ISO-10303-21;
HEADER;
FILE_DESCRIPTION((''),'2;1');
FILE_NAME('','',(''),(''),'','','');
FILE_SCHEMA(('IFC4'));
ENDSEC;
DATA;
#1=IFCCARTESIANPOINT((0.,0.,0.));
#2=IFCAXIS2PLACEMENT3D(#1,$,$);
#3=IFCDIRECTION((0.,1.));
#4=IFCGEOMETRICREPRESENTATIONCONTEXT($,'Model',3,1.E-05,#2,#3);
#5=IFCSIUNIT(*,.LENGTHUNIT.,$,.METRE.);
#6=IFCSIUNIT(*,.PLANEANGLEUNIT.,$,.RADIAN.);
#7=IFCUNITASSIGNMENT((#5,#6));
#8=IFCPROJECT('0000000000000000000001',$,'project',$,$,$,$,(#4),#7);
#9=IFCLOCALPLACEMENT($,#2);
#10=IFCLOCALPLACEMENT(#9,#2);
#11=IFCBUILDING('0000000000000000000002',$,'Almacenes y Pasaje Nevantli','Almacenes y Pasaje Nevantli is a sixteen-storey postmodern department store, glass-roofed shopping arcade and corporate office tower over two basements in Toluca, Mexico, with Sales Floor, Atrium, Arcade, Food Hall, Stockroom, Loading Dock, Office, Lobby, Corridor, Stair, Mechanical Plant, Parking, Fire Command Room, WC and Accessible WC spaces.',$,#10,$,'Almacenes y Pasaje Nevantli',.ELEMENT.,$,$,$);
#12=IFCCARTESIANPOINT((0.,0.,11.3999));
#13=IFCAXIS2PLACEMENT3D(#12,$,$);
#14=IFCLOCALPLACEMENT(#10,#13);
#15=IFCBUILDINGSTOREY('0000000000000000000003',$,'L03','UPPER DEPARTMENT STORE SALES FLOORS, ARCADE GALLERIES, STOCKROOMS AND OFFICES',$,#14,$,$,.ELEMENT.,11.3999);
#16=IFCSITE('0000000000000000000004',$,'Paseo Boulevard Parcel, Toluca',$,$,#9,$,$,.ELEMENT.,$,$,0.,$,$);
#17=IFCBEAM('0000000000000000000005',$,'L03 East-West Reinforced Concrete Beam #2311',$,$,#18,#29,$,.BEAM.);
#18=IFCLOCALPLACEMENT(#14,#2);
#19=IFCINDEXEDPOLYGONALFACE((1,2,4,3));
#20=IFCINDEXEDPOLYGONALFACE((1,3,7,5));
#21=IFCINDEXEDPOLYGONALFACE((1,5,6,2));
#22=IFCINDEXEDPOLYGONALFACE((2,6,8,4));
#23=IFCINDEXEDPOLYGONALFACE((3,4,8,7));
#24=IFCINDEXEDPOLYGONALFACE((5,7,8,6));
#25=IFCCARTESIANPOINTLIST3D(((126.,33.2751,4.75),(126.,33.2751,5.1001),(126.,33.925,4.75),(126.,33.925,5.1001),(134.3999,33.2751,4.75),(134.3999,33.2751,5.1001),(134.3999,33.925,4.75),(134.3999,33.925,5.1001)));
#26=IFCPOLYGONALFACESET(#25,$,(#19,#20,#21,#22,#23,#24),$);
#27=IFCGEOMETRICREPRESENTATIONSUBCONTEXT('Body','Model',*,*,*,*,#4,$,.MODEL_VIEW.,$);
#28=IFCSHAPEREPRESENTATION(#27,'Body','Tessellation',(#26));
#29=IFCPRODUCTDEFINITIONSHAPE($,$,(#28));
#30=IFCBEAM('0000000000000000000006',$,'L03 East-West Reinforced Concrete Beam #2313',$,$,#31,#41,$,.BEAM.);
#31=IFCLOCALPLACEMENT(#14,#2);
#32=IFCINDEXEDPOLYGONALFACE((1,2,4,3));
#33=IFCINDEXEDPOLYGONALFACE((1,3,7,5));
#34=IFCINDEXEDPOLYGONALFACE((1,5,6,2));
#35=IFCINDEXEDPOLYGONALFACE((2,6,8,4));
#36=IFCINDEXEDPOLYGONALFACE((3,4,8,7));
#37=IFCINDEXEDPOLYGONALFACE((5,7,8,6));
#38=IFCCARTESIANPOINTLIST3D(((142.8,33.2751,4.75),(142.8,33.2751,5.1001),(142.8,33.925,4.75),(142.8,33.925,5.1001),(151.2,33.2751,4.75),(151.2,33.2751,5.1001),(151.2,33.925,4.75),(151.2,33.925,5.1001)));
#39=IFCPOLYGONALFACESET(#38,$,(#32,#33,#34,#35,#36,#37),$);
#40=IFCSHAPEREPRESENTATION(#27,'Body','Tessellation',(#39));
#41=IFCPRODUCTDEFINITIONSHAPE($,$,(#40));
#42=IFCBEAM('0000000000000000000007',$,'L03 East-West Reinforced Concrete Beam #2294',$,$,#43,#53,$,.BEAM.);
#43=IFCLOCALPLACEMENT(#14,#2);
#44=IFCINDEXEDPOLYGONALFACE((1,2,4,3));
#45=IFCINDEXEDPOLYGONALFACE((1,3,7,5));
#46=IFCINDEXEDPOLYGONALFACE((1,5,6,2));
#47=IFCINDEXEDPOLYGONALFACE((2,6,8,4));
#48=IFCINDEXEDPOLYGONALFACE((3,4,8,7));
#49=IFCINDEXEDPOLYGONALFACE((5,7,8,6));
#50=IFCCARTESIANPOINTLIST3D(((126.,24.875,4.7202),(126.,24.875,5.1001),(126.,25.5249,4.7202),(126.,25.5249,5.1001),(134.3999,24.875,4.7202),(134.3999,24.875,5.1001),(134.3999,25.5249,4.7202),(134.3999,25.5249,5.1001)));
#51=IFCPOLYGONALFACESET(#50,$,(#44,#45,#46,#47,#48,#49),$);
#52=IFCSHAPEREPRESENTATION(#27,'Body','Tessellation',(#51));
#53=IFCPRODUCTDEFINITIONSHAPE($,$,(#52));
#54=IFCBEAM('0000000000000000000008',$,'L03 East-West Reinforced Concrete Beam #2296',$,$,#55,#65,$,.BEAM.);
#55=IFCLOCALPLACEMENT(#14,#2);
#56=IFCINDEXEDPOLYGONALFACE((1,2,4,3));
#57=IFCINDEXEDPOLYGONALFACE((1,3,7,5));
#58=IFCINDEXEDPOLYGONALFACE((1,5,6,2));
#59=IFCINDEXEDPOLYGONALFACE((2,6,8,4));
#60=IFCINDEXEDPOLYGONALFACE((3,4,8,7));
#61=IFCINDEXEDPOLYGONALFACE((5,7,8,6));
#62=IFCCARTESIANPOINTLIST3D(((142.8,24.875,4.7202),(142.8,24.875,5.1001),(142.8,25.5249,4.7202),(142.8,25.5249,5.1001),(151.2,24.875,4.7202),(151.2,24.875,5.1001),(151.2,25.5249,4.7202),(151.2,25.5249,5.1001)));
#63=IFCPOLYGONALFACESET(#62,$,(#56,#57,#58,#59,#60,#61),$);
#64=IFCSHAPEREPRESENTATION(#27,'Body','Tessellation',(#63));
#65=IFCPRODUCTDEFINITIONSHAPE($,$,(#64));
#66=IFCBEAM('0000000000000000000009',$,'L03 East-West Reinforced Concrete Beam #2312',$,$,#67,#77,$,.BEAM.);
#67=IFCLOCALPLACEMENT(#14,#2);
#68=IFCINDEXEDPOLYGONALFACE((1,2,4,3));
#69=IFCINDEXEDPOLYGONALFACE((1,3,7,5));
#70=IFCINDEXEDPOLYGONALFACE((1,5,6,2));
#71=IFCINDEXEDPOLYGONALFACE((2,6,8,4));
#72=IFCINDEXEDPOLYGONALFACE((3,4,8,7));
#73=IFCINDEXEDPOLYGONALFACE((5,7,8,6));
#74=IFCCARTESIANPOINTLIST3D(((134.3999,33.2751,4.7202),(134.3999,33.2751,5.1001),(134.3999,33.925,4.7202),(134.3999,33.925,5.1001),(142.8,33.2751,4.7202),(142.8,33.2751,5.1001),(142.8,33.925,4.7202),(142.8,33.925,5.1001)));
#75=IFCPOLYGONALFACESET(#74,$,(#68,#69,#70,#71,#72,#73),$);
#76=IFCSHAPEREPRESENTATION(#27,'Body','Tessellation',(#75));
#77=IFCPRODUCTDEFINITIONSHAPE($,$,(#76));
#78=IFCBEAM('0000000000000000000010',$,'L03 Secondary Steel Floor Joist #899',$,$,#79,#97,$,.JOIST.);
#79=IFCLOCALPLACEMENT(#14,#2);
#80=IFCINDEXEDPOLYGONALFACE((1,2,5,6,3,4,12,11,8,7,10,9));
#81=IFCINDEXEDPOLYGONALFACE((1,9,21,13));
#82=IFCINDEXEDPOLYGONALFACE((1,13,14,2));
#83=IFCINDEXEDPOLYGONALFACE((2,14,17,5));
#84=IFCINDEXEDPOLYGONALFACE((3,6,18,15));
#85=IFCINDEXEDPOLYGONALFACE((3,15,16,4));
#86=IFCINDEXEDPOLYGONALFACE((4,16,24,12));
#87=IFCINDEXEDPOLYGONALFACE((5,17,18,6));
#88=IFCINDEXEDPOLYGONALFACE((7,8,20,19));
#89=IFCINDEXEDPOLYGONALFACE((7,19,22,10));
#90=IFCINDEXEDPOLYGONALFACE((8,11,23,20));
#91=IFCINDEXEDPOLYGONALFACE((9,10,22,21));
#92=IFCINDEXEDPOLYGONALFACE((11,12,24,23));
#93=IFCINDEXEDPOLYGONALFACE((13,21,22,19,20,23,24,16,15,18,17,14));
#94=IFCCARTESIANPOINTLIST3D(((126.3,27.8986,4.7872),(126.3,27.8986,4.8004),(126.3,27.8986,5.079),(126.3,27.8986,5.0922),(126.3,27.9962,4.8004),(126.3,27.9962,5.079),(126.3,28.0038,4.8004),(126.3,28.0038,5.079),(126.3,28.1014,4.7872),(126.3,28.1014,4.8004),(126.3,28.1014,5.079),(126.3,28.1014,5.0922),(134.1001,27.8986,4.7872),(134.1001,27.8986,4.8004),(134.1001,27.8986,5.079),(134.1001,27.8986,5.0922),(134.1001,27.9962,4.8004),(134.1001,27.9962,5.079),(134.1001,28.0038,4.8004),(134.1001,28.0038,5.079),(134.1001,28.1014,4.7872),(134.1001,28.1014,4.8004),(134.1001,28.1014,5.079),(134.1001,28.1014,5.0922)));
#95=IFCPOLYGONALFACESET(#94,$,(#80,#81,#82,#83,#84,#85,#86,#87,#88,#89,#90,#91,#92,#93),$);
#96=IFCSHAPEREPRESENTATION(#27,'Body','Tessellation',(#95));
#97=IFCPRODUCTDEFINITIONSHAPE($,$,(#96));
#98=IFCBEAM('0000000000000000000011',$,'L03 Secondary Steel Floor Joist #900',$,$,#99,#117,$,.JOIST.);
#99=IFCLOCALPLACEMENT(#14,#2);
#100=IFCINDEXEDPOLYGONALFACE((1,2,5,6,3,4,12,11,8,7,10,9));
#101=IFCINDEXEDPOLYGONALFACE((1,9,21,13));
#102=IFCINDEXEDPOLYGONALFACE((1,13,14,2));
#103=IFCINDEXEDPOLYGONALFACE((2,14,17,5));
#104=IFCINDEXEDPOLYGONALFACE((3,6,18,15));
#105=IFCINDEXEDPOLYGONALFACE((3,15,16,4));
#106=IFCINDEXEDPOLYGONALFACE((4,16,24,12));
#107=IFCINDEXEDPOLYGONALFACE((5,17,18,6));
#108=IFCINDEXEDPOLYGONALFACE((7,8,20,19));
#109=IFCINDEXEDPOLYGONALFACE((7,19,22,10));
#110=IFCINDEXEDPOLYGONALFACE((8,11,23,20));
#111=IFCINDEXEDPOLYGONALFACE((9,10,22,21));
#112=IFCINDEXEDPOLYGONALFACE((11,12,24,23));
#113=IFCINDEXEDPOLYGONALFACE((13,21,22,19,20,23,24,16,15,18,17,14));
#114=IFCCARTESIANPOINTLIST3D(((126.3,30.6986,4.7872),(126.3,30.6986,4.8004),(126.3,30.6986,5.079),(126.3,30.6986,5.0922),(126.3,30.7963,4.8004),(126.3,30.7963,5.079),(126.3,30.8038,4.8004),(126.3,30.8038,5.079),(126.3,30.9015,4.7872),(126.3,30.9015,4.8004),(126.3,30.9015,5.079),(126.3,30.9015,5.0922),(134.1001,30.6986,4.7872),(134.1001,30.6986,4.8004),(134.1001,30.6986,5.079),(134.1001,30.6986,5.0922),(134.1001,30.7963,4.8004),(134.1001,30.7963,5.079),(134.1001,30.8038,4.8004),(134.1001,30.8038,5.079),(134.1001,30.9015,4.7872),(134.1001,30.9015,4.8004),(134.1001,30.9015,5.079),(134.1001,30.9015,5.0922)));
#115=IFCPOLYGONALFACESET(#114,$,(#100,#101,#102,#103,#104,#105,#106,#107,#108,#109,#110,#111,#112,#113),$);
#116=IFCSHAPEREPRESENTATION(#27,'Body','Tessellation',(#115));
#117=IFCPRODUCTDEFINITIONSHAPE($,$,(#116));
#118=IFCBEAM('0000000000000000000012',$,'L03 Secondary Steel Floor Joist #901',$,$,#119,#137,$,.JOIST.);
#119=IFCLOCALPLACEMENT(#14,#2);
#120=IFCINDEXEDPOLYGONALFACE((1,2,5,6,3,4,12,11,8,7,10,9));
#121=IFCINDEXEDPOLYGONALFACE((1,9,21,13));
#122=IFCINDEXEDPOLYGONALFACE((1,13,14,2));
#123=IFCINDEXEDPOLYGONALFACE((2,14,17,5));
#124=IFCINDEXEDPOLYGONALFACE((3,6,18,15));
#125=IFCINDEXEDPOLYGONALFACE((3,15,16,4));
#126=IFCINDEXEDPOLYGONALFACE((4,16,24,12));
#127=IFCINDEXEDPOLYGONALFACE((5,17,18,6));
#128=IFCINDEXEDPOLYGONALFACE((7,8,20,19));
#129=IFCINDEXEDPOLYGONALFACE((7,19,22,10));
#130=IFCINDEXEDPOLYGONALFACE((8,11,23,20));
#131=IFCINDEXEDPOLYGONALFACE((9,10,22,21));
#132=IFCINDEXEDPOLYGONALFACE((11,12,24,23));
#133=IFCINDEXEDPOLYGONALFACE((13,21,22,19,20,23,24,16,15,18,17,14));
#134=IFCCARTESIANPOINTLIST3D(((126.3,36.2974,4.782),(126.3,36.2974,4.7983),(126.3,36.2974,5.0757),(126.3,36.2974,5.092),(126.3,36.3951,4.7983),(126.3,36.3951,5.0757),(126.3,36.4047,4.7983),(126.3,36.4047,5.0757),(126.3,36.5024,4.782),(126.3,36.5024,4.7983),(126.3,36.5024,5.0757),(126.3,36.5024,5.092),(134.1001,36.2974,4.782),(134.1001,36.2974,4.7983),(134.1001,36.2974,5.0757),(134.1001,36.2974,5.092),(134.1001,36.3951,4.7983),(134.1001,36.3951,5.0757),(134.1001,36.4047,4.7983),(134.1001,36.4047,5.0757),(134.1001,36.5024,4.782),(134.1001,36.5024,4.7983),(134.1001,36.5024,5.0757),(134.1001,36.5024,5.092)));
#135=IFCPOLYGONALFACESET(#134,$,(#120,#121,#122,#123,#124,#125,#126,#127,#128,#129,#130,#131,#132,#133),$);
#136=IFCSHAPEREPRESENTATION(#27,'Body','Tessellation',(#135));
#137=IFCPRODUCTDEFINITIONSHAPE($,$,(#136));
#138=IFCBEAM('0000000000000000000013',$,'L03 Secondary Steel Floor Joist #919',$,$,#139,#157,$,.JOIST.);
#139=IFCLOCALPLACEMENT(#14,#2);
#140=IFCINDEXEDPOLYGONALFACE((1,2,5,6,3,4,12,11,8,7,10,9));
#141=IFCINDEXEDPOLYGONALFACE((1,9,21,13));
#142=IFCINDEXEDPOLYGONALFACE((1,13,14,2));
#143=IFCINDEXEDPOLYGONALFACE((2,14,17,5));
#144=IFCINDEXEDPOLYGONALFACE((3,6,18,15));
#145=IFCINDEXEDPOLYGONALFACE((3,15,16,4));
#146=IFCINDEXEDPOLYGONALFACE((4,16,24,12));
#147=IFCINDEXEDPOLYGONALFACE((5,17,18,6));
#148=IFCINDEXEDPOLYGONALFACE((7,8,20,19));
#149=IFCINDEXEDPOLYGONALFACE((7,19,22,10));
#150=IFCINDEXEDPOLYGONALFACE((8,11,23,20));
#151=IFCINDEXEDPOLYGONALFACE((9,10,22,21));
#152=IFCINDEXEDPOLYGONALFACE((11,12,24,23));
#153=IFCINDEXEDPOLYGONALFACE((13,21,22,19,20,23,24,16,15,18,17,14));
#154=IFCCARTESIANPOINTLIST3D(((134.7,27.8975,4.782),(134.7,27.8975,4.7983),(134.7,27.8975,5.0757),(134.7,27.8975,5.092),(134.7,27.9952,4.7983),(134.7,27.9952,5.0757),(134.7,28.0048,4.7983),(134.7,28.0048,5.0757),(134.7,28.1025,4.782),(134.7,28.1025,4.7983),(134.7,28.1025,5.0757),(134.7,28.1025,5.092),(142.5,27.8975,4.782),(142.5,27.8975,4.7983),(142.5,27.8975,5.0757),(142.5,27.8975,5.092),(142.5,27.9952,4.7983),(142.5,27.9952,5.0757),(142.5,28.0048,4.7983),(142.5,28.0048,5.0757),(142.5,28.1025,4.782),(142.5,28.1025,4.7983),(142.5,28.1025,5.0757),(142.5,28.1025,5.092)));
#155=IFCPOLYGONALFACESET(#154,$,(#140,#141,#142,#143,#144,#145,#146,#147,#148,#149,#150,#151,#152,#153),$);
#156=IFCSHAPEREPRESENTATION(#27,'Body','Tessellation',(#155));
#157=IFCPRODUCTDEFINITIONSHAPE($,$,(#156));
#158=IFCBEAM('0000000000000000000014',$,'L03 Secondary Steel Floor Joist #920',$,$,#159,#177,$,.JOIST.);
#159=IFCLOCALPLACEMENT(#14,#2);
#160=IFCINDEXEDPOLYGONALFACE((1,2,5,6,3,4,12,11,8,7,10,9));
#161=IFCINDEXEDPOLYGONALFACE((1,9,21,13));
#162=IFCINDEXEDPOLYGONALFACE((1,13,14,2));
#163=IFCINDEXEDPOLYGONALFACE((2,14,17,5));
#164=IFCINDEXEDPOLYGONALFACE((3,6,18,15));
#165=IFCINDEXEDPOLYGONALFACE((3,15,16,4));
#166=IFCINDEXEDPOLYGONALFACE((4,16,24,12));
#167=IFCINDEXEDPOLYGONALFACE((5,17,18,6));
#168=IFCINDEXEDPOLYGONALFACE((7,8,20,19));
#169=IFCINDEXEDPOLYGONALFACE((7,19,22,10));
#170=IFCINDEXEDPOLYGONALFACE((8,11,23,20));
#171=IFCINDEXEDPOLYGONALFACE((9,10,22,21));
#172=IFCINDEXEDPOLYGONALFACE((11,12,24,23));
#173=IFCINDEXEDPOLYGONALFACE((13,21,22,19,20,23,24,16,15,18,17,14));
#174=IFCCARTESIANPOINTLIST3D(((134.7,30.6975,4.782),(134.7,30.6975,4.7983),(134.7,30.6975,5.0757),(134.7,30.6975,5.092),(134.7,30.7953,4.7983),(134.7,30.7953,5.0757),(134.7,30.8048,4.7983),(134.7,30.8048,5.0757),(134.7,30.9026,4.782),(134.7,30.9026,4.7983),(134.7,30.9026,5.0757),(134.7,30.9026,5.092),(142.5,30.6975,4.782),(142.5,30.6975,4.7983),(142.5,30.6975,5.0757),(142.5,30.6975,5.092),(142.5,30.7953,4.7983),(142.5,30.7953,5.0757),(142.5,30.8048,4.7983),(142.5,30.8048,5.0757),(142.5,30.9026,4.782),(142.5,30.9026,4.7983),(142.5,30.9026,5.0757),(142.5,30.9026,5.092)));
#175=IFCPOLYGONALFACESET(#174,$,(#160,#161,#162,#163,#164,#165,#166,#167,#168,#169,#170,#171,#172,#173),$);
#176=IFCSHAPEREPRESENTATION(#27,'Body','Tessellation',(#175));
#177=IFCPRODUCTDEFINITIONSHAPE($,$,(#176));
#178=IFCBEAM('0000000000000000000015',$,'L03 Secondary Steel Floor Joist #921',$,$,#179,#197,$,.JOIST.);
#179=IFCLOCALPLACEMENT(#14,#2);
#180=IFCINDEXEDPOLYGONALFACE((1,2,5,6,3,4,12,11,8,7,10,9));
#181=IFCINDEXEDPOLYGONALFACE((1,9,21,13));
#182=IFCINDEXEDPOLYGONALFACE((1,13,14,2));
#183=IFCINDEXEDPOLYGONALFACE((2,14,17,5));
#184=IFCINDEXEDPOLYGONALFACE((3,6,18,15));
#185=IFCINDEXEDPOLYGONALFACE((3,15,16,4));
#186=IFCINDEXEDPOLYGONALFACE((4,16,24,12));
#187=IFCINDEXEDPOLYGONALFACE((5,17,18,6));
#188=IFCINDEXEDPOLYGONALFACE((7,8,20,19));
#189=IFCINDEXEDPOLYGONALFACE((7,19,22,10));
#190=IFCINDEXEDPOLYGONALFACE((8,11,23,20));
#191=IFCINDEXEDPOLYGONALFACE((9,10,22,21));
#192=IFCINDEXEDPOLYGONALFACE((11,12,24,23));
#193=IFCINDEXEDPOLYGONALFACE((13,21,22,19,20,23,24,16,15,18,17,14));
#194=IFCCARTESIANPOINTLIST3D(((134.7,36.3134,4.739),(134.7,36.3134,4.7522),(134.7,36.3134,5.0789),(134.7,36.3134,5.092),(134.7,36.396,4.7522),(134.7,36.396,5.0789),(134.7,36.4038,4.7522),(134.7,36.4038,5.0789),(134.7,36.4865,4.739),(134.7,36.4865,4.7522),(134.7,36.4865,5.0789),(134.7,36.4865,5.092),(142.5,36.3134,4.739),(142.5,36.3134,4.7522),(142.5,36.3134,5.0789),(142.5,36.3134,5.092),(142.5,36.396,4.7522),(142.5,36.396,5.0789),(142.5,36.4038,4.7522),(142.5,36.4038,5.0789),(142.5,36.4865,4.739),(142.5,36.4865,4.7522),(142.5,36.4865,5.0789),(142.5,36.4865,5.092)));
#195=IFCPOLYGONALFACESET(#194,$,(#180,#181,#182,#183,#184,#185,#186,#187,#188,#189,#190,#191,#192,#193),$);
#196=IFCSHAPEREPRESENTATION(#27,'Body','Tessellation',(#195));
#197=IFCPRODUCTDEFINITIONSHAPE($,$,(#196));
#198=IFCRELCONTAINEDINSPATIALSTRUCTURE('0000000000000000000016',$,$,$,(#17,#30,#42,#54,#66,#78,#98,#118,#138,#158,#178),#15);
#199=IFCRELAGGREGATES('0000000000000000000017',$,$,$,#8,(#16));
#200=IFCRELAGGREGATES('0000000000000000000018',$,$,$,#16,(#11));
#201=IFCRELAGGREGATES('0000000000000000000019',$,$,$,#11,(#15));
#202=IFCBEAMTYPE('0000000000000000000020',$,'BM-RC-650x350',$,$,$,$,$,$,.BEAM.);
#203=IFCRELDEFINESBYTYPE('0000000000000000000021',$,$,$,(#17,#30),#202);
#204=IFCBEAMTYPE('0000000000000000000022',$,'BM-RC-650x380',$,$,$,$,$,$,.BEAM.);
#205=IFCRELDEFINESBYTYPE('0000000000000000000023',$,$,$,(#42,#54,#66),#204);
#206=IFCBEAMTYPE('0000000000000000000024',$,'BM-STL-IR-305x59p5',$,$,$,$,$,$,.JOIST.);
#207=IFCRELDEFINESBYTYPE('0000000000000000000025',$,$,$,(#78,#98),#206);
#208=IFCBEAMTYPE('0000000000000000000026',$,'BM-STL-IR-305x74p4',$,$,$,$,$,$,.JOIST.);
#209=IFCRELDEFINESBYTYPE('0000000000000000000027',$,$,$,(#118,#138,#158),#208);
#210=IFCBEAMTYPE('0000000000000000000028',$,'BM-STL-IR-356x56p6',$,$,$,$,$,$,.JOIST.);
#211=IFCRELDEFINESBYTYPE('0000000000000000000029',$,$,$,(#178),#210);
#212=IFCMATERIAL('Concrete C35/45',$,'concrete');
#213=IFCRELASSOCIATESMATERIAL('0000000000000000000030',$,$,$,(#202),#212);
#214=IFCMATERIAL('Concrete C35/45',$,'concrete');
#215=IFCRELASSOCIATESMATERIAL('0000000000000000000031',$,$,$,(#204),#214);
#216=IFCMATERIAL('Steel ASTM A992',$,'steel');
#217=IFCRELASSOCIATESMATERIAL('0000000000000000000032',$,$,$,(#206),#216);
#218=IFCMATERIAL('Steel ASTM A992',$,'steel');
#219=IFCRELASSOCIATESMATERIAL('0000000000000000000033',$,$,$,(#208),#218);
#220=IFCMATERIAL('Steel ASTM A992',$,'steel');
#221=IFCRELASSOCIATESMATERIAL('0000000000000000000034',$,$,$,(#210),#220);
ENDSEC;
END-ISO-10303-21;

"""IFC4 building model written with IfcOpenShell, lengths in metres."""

from ifc_helpers import new_model, si_unit, direction, frame, origin, origin_2d, place, context, subcontext, project, spatial, rectangle, i_section, extrude, material, material_profile, profile_set, type_object, element, save


model = new_model("IFC4")

# Units and contexts
model_context = context("Model", 3, precision=1e-05, world=origin(), true_north=direction((0.0, 1.0)))
body_context = subcontext(model_context, "Body", "Model", "MODEL_VIEW")
ifc_project = project(units=[si_unit("LENGTHUNIT", "METRE"), si_unit("PLANEANGLEUNIT", "RADIAN")], contexts=[model_context])

# Site, building, storey
site_placement = place(None, origin())
site = spatial("IfcSite", under=ifc_project, at=site_placement, Name="Paseo Boulevard Parcel, Toluca", CompositionType="ELEMENT", RefElevation=0.0)
building_placement = place(site_placement, origin())
building = spatial("IfcBuilding", under=site, at=building_placement, Name="Almacenes y Pasaje Nevantli", Description="Almacenes y Pasaje Nevantli is a sixteen-storey postmodern department store, glass-roofed shopping arcade and corporate office tower over two basements in Toluca, Mexico, with Sales Floor, Atrium, Arcade, Food Hall, Stockroom, Loading Dock, Office, Lobby, Corridor, Stair, Mechanical Plant, Parking, Fire Command Room, WC and Accessible WC spaces.", LongName="Almacenes y Pasaje Nevantli", CompositionType="ELEMENT")
storey_placement = place(building_placement, frame((0.0, 0.0, 11.3999)))
storey = spatial("IfcBuildingStorey", under=building, at=storey_placement, Name="L03", Description="UPPER DEPARTMENT STORE SALES FLOORS, ARCADE GALLERIES, STOCKROOMS AND OFFICES", CompositionType="ELEMENT", Elevation=11.3999)

# Beams
ifc_material_1 = material(Name="Concrete C35/45", Category="concrete")
ifc_material_profile_1 = material_profile(ifc_material_1, rectangle(XDim=0.6499, YDim=0.3501, at=origin_2d()), Name="RC-BM-650x350")
ifc_profile_set_1 = profile_set([ifc_material_profile_1], Name="Concrete C35/45")
beam_type_1 = type_object("IfcBeamType", Name="BM-RC-650x350", PredefinedType="BEAM", material=ifc_profile_set_1)
for number, where, z_axis, x_axis, name in (
    (1, (126.0, 33.6001, 4.925), (1.0, 0.0, 0.0), (0.0, 1.0, 0.0), "L03 East-West Reinforced Concrete Beam #2311"),
    (2, (142.8, 33.6001, 4.925), (1.0, 0.0, 0.0), (0.0, 1.0, 0.0), "L03 East-West Reinforced Concrete Beam #2313"),
):
    element("IfcBeam", number, at=place(storey_placement, frame(where, z_axis=z_axis, x_axis=x_axis)), inside=storey, type_object=beam_type_1, Name=name, PredefinedType="BEAM", context=body_context, shape_type="SweptSolid", body=[
        extrude(rectangle(XDim=0.6499, YDim=0.3501, at=origin_2d()), origin(), (0.0, 0.0, 1.0), 8.3999),
    ])
ifc_material_2 = material(Name="Concrete C35/45", Category="concrete")
ifc_material_profile_2 = material_profile(ifc_material_2, rectangle(XDim=0.6499, YDim=0.3799, at=origin_2d()), Name="RC-BM-650x380")
ifc_profile_set_2 = profile_set([ifc_material_profile_2], Name="Concrete C35/45")
beam_type_2 = type_object("IfcBeamType", Name="BM-RC-650x380", PredefinedType="BEAM", material=ifc_profile_set_2)
for number, where, z_axis, x_axis, name in (
    (3, (126.0, 25.2, 4.9102), (1.0, 0.0, 0.0), (0.0, 1.0, 0.0), "L03 East-West Reinforced Concrete Beam #2294"),
    (4, (142.8, 25.2, 4.9102), (1.0, 0.0, 0.0), (0.0, 1.0, 0.0), "L03 East-West Reinforced Concrete Beam #2296"),
):
    element("IfcBeam", number, at=place(storey_placement, frame(where, z_axis=z_axis, x_axis=x_axis)), inside=storey, type_object=beam_type_2, Name=name, PredefinedType="BEAM", context=body_context, shape_type="SweptSolid", body=[
        extrude(rectangle(XDim=0.6499, YDim=0.3799, at=origin_2d()), origin(), (0.0, 0.0, 1.0), 8.3999),
    ])
beam_1_placement = place(storey_placement, frame((134.3999, 33.6001, 4.9102), z_axis=(1.0, 0.0, 0.0), x_axis=(0.0, 1.0, 0.0)))
element("IfcBeam", 5, at=beam_1_placement, inside=storey, type_object=beam_type_2, Name="L03 East-West Reinforced Concrete Beam #2312", PredefinedType="BEAM", context=body_context, shape_type="SweptSolid", body=[
    extrude(rectangle(XDim=0.6499, YDim=0.3799, at=origin_2d()), origin(), (0.0, 0.0, 1.0), 8.4001),
])
ifc_material_3 = material(Name="Steel ASTM A992", Category="steel")
ifc_material_profile_3 = material_profile(ifc_material_3, i_section(OverallWidth=0.2029, OverallDepth=0.3049, WebThickness=0.0076, FlangeThickness=0.0132, at=origin_2d()), Name="IR 305x59.5")
ifc_profile_set_3 = profile_set([ifc_material_profile_3], Name="Steel ASTM A992")
beam_type_3 = type_object("IfcBeamType", Name="BM-STL-IR-305x59p5", PredefinedType="JOIST", material=ifc_profile_set_3)
for number, where, z_axis, x_axis, name in (
    (6, (126.3, 28.0, 4.9397), (1.0, 0.0, 0.0), (0.0, 1.0, 0.0), "L03 Secondary Steel Floor Joist #899"),
    (7, (126.3, 30.8, 4.9397), (1.0, 0.0, 0.0), (0.0, 1.0, 0.0), "L03 Secondary Steel Floor Joist #900"),
):
    element("IfcBeam", number, at=place(storey_placement, frame(where, z_axis=z_axis, x_axis=x_axis)), inside=storey, type_object=beam_type_3, Name=name, PredefinedType="JOIST", context=body_context, shape_type="SweptSolid", body=[
        extrude(i_section(OverallWidth=0.2029, OverallDepth=0.3049, WebThickness=0.0076, FlangeThickness=0.0132, at=origin_2d()), origin(), (0.0, 0.0, 1.0), 7.8),
    ])
ifc_material_4 = material(Name="Steel ASTM A992", Category="steel")
ifc_material_profile_4 = material_profile(ifc_material_4, i_section(OverallWidth=0.2051, OverallDepth=0.3101, WebThickness=0.0095, FlangeThickness=0.0164, at=origin_2d()), Name="IR 305x74.4")
ifc_profile_set_4 = profile_set([ifc_material_profile_4], Name="Steel ASTM A992")
beam_type_4 = type_object("IfcBeamType", Name="BM-STL-IR-305x74p4", PredefinedType="JOIST", material=ifc_profile_set_4)
for number, where, z_axis, x_axis, name in (
    (8, (126.3, 36.3999, 4.937), (1.0, 0.0, 0.0), (0.0, 1.0, 0.0), "L03 Secondary Steel Floor Joist #901"),
    (9, (134.7, 28.0, 4.937), (1.0, 0.0, 0.0), (0.0, 1.0, 0.0), "L03 Secondary Steel Floor Joist #919"),
    (10, (134.7, 30.8, 4.937), (1.0, 0.0, 0.0), (0.0, 1.0, 0.0), "L03 Secondary Steel Floor Joist #920"),
):
    element("IfcBeam", number, at=place(storey_placement, frame(where, z_axis=z_axis, x_axis=x_axis)), inside=storey, type_object=beam_type_4, Name=name, PredefinedType="JOIST", context=body_context, shape_type="SweptSolid", body=[
        extrude(i_section(OverallWidth=0.2051, OverallDepth=0.3101, WebThickness=0.0095, FlangeThickness=0.0164, at=origin_2d()), origin(), (0.0, 0.0, 1.0), 7.8),
    ])
ifc_material_5 = material(Name="Steel ASTM A992", Category="steel")
ifc_material_profile_5 = material_profile(ifc_material_5, i_section(OverallWidth=0.1731, OverallDepth=0.353, WebThickness=0.0078, FlangeThickness=0.0132, at=origin_2d()), Name="IR 356x56.6")
ifc_profile_set_5 = profile_set([ifc_material_profile_5], Name="Steel ASTM A992")
beam_type_5 = type_object("IfcBeamType", Name="BM-STL-IR-356x56p6", PredefinedType="JOIST", material=ifc_profile_set_5)
beam_2_placement = place(storey_placement, frame((134.7, 36.3999, 4.9155), z_axis=(1.0, 0.0, 0.0), x_axis=(0.0, 1.0, 0.0)))
element("IfcBeam", 11, at=beam_2_placement, inside=storey, type_object=beam_type_5, Name="L03 Secondary Steel Floor Joist #921", PredefinedType="JOIST", context=body_context, shape_type="SweptSolid", body=[
    extrude(i_section(OverallWidth=0.1731, OverallDepth=0.353, WebThickness=0.0078, FlangeThickness=0.0132, at=origin_2d()), origin(), (0.0, 0.0, 1.0), 7.8),
])

save(model, "model.ifc")
